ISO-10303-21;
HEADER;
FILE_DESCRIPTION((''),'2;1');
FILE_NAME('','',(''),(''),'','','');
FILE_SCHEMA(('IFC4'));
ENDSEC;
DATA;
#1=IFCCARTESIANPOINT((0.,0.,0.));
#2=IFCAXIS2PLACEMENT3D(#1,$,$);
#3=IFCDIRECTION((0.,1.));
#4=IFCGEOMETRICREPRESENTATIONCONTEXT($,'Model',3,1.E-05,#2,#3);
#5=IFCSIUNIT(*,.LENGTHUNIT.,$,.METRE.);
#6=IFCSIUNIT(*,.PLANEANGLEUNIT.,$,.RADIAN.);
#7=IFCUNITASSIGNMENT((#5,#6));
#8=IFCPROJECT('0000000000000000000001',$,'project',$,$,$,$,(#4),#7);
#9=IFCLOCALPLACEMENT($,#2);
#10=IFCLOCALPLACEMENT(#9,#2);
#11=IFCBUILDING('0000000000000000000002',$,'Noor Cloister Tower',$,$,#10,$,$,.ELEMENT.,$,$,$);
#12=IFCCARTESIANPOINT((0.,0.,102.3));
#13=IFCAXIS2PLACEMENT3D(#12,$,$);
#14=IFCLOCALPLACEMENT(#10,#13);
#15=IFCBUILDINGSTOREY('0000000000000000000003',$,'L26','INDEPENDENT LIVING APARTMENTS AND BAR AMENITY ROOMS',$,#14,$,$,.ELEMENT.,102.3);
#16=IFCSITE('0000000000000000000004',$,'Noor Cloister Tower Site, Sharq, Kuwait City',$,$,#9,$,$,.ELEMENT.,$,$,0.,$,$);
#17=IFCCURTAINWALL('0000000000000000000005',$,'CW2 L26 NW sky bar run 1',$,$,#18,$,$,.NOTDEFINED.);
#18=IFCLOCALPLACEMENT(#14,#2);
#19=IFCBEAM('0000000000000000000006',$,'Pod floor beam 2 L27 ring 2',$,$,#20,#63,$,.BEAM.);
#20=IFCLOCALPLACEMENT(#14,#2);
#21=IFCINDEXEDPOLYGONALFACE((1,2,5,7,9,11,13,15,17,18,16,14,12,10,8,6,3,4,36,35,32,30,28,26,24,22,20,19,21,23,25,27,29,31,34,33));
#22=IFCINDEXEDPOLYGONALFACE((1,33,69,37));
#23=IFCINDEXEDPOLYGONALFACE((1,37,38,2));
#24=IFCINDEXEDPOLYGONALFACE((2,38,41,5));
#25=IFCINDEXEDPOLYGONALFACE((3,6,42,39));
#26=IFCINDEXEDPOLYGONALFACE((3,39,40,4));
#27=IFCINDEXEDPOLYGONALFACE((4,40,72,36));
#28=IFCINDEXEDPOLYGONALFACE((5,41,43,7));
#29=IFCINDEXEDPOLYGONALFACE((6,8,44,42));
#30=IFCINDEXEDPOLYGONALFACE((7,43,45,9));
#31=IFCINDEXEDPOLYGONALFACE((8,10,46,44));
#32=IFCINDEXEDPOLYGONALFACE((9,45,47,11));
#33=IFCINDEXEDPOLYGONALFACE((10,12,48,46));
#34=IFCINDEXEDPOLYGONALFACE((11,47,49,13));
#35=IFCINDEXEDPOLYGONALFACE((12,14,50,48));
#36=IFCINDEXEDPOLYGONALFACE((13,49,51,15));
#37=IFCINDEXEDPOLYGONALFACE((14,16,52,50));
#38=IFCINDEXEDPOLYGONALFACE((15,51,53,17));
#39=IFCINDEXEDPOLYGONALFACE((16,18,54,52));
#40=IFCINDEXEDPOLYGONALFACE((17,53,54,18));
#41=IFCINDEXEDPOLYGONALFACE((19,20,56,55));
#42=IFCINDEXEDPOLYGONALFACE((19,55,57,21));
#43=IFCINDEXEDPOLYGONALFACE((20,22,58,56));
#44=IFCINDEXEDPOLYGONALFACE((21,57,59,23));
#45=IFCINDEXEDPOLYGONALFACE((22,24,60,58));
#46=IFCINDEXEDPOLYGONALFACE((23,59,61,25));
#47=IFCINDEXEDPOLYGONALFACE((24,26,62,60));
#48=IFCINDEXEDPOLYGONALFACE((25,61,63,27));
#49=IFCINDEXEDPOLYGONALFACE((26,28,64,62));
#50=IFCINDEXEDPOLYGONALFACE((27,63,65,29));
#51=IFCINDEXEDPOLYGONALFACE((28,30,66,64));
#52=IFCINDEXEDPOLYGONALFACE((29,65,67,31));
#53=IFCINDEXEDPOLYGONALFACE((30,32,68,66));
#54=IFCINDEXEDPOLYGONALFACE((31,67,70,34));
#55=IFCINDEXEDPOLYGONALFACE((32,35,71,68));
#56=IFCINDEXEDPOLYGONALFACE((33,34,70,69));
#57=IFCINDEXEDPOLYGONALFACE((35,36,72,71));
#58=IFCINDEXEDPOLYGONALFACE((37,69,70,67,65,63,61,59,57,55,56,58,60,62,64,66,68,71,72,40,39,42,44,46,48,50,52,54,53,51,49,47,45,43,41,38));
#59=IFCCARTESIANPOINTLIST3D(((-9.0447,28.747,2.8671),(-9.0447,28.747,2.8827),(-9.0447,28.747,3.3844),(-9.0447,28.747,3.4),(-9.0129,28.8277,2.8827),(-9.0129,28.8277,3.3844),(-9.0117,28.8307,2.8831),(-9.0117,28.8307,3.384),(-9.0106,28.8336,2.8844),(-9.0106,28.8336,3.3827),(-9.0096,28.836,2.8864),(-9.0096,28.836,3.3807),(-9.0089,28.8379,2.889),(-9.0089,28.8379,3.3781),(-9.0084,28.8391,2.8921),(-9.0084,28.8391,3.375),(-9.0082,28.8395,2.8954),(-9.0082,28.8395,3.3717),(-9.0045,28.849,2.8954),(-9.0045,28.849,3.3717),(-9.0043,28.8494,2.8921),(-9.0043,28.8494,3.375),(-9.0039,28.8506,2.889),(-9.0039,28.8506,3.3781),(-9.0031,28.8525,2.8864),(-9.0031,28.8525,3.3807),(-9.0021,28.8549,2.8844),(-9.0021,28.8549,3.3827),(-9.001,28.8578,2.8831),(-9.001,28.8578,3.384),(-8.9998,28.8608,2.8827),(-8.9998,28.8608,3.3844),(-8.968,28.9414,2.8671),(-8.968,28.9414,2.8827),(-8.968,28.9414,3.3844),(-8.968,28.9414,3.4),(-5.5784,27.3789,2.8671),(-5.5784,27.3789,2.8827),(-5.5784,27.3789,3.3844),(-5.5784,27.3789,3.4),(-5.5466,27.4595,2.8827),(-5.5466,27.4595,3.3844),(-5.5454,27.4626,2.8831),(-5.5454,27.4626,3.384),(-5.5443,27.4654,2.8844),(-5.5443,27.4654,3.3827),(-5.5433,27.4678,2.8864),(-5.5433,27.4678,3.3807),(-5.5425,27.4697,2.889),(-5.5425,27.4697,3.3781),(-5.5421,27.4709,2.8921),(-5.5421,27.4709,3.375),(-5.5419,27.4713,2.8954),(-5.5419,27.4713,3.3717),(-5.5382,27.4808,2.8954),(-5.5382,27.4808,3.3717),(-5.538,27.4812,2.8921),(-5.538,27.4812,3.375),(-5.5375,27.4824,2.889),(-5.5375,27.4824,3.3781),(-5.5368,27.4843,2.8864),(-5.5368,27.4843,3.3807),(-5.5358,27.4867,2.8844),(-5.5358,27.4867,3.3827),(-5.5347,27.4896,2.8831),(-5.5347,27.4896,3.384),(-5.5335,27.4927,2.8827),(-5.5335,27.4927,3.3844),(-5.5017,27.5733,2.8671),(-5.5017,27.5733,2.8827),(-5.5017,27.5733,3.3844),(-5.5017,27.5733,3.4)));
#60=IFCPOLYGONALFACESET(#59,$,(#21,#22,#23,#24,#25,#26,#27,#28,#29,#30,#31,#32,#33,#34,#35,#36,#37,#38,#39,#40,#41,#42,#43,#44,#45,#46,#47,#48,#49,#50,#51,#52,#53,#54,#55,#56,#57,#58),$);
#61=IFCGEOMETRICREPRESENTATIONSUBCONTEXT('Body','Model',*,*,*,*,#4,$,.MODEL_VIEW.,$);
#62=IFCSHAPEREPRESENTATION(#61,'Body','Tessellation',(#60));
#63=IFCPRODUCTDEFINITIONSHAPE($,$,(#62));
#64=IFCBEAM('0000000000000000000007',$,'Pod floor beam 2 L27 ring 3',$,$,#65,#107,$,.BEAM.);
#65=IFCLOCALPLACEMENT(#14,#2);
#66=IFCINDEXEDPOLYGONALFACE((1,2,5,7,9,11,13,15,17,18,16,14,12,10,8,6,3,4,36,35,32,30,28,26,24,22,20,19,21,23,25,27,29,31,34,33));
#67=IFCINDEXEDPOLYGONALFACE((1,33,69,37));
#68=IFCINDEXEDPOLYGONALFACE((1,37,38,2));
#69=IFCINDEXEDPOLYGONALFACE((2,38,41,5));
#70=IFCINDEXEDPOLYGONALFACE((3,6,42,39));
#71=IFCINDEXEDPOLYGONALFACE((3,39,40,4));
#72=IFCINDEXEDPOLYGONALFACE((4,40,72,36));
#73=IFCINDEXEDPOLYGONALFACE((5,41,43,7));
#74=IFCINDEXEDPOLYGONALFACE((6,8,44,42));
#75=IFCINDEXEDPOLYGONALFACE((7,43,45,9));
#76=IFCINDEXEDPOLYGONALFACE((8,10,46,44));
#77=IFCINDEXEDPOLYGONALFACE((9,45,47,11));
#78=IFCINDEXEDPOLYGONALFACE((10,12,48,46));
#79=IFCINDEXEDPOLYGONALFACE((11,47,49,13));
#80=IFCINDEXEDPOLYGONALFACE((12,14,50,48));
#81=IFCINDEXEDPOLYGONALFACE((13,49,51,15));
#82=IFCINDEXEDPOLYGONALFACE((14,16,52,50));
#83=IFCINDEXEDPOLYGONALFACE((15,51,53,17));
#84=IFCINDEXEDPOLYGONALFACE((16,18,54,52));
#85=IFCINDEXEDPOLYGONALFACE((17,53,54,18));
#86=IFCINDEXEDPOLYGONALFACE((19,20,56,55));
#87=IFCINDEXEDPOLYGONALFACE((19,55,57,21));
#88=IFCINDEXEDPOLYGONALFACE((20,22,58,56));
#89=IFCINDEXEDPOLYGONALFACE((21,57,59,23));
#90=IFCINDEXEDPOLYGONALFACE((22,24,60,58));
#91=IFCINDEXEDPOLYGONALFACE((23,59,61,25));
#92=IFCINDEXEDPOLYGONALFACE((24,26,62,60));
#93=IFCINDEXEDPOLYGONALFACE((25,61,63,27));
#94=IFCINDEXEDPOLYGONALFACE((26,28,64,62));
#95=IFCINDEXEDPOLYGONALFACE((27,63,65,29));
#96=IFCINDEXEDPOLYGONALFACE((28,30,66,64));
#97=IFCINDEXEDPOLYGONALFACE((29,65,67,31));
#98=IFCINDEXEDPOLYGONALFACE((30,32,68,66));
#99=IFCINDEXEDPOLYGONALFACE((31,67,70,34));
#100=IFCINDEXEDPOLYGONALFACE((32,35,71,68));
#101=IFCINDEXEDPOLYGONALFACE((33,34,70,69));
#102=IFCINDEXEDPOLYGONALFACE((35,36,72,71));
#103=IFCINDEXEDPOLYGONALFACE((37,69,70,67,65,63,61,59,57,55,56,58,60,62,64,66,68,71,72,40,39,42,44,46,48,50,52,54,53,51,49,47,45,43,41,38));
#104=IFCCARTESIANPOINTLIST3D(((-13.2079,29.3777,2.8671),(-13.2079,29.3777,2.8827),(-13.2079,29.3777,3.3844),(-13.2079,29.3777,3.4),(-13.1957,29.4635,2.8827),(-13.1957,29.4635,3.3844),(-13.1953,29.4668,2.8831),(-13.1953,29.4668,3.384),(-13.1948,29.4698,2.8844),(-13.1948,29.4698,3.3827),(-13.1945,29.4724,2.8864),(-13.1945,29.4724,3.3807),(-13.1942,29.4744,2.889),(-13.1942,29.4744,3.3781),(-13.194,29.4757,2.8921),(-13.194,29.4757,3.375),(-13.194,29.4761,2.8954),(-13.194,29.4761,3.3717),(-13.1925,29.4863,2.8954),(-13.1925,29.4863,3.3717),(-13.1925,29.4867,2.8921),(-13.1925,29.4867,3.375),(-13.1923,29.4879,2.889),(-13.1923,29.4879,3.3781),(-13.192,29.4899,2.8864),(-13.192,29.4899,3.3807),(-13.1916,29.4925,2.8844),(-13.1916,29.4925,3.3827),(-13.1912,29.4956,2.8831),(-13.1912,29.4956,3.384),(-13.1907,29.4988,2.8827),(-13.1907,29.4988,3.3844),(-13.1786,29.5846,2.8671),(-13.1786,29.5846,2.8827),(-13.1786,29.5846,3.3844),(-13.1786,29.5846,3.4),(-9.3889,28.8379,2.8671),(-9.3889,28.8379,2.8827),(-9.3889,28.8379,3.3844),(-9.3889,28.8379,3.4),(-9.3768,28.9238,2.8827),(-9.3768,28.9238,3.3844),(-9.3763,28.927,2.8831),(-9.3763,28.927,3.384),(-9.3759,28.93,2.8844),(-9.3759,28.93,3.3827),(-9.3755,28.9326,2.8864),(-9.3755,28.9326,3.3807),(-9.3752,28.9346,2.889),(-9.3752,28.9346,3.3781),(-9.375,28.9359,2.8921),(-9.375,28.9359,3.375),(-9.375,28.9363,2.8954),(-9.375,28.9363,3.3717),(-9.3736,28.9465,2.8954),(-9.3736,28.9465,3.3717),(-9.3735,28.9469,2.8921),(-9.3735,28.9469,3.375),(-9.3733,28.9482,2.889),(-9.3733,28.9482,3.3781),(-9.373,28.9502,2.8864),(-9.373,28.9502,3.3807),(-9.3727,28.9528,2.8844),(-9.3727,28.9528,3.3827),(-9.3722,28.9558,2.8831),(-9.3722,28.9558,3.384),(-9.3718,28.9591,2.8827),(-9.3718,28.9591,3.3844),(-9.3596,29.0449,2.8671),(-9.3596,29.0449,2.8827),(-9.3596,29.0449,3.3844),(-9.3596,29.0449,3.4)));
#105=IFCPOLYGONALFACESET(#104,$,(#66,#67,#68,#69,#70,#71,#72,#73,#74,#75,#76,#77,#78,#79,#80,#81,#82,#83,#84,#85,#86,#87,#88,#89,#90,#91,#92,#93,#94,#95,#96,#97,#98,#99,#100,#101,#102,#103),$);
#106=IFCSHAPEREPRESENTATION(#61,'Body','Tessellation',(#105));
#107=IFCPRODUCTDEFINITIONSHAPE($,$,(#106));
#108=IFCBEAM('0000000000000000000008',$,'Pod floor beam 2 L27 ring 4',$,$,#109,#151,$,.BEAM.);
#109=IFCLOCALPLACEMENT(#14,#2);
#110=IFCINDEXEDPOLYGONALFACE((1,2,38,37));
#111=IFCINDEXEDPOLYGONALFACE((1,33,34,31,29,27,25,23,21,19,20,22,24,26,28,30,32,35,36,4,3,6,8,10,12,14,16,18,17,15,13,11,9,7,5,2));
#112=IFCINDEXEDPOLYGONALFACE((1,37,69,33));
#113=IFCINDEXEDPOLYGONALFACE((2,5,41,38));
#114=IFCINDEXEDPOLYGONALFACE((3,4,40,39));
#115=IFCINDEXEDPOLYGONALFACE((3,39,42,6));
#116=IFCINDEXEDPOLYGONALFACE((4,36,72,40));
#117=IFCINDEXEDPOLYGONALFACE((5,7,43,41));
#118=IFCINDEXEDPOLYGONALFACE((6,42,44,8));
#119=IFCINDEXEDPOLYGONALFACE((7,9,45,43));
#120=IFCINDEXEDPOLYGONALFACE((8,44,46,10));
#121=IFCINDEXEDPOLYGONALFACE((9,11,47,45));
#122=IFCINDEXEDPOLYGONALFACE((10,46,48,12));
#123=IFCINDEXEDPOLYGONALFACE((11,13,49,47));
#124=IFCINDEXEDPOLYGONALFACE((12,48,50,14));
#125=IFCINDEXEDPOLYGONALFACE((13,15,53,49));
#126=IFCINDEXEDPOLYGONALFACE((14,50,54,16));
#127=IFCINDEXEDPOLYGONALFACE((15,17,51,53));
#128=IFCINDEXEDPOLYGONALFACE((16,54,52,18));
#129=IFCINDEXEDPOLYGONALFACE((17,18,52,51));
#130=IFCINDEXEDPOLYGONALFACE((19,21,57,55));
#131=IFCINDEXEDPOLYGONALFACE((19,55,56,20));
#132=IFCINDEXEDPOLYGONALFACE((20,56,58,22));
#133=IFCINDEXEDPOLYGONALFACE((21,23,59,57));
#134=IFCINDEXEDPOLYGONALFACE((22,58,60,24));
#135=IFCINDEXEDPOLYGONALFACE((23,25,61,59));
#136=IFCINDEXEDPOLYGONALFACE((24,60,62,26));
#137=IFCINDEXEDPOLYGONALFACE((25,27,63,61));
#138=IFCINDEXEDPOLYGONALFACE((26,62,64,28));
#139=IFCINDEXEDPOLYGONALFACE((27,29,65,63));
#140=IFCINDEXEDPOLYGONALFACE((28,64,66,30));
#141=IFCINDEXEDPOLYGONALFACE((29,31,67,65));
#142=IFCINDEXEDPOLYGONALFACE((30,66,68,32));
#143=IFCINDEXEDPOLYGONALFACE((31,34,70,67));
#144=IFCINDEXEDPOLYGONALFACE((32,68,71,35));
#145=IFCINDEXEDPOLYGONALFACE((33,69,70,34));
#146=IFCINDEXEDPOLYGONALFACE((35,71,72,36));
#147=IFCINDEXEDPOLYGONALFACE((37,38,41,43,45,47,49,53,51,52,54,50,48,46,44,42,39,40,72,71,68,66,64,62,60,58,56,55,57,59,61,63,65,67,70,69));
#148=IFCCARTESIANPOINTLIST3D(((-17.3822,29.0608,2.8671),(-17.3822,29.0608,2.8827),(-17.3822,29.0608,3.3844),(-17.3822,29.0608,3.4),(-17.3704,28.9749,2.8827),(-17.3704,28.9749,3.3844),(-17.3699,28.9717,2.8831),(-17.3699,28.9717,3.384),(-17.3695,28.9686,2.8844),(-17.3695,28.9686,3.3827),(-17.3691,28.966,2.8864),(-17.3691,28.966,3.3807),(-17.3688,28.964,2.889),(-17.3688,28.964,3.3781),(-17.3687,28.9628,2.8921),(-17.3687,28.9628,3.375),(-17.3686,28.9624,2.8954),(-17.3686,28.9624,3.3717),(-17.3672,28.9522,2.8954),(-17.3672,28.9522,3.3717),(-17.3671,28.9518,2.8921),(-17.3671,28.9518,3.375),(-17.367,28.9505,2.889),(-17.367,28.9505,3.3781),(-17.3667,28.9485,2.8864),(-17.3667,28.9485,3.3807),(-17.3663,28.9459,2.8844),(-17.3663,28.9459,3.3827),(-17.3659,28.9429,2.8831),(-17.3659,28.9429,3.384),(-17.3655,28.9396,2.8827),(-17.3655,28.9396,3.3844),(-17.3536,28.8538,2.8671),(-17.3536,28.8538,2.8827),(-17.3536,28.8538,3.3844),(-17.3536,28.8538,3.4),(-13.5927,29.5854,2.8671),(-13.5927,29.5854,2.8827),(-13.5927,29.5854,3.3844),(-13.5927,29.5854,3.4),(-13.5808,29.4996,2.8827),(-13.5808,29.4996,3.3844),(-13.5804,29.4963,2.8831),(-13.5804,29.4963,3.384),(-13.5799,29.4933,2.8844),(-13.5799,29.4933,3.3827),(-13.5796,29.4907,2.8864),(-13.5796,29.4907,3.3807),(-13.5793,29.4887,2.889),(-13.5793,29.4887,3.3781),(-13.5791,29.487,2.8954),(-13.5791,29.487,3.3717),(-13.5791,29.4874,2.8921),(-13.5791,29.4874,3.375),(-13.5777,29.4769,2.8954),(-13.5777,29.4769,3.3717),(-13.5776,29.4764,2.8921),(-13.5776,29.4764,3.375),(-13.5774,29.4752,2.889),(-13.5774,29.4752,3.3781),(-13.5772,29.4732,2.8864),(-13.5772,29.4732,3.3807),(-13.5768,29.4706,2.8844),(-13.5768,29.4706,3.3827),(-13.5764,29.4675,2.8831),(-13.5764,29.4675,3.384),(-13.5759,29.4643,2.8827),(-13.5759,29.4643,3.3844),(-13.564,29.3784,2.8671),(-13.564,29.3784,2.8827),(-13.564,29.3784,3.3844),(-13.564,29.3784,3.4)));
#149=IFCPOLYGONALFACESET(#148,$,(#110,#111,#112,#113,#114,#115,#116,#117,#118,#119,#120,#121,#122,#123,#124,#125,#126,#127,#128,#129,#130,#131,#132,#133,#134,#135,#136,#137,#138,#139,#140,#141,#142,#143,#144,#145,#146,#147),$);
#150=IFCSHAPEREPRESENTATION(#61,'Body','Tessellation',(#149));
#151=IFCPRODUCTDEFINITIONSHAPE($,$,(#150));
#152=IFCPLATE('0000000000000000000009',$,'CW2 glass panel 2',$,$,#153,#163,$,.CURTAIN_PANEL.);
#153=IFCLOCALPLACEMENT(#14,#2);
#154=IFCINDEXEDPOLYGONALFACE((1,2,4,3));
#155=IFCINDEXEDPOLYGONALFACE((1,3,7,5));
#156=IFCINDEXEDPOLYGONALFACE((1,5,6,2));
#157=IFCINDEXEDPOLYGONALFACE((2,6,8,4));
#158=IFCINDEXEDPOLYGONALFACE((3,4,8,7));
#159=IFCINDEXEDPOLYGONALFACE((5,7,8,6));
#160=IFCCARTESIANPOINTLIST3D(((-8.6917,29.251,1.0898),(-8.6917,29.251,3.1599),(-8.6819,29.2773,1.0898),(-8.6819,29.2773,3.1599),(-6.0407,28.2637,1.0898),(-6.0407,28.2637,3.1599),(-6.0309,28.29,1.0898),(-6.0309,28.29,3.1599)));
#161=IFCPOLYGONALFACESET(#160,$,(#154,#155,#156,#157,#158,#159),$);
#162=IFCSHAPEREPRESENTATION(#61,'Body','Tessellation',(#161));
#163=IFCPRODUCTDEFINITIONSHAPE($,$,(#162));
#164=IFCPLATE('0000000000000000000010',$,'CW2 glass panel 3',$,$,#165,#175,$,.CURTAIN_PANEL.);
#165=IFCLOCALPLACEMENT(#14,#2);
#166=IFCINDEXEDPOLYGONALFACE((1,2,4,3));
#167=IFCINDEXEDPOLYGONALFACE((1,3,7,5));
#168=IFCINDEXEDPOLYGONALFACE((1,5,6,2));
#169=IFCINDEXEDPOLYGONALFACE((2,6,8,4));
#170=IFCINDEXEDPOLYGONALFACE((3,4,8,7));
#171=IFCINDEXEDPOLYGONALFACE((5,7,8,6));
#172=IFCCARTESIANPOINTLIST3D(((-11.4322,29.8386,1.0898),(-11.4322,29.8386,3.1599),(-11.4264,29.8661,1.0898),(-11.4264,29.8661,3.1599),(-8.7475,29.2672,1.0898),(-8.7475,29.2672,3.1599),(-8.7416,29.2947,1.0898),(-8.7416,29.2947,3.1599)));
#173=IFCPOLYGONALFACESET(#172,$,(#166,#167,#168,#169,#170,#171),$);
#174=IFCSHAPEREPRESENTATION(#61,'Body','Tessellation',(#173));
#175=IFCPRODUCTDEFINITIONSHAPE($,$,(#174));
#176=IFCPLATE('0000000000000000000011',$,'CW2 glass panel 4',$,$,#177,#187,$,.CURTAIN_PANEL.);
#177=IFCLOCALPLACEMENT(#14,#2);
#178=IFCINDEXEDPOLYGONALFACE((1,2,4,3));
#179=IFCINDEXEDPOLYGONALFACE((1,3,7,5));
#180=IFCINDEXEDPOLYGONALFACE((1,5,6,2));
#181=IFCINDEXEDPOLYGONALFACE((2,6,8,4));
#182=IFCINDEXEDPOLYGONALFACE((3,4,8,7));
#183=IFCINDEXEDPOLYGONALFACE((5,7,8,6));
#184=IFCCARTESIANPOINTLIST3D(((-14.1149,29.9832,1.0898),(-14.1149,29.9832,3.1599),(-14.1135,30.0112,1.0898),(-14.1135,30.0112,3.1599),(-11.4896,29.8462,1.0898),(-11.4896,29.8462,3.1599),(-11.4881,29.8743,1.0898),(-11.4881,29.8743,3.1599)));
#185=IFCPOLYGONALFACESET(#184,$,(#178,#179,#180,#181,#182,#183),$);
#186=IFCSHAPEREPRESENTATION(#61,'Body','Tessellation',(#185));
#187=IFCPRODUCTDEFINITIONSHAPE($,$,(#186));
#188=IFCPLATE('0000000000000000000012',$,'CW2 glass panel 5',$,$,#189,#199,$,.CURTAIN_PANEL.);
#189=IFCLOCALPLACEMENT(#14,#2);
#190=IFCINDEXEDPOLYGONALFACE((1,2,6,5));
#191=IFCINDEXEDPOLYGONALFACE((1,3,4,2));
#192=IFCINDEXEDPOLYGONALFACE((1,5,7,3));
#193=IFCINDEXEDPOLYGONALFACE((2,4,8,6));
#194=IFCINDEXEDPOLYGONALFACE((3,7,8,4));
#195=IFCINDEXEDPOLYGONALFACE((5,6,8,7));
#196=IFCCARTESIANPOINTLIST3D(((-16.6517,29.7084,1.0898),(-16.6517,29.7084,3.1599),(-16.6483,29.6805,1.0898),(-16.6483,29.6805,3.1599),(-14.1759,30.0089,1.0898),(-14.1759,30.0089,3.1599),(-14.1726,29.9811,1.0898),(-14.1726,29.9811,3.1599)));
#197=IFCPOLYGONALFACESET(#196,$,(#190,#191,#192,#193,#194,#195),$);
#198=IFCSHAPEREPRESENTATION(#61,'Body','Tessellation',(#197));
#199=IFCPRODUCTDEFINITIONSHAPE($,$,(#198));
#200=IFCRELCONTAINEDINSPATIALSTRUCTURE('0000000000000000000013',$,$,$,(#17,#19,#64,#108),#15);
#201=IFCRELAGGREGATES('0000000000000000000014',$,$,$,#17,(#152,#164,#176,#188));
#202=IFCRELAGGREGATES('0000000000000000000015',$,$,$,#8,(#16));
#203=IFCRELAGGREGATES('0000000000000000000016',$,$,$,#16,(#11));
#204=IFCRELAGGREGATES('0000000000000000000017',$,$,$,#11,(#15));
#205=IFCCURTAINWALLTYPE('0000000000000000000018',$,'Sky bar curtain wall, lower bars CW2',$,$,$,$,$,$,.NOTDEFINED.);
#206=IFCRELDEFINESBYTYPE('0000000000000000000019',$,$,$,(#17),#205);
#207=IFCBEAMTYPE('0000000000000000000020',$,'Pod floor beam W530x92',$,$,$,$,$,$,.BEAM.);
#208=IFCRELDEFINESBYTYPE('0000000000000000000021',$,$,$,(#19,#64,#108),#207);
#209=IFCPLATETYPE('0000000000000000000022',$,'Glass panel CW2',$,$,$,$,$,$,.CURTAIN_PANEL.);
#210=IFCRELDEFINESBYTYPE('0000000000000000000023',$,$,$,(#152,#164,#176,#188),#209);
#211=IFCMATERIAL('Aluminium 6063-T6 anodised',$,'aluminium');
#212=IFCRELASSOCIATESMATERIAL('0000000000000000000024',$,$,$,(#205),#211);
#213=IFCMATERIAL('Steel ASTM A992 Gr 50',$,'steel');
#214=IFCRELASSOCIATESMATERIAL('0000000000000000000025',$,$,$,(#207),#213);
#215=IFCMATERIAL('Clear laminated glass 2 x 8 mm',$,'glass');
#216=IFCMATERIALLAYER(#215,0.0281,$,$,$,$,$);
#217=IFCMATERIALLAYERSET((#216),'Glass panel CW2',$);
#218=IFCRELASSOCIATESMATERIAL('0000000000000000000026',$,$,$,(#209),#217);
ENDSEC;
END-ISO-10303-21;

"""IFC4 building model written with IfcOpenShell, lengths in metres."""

from ifc_helpers import new_model, si_unit, direction, frame, origin, origin_2d, place, context, subcontext, project, spatial, rectangle, i_section, extrude, material, layer, layer_set, material_profile, profile_set, type_object, element, aggregate, save


model = new_model("IFC4")

# Units and contexts
model_context = context("Model", 3, precision=1e-05, world=origin(), true_north=direction((0.0, 1.0)))
body_context = subcontext(model_context, "Body", "Model", "MODEL_VIEW")
ifc_project = project(units=[si_unit("LENGTHUNIT", "METRE"), si_unit("PLANEANGLEUNIT", "RADIAN")], contexts=[model_context])

# Site, building, storey
site_placement = place(None, origin())
site = spatial("IfcSite", under=ifc_project, at=site_placement, Name="Noor Cloister Tower Site, Sharq, Kuwait City", CompositionType="ELEMENT", RefElevation=0.0)
building_placement = place(site_placement, origin())
building = spatial("IfcBuilding", under=site, at=building_placement, Name="Noor Cloister Tower", CompositionType="ELEMENT")
storey_placement = place(building_placement, frame((0.0, 0.0, 102.3)))
storey = spatial("IfcBuildingStorey", under=building, at=storey_placement, Name="L26", Description="INDEPENDENT LIVING APARTMENTS AND BAR AMENITY ROOMS", CompositionType="ELEMENT", Elevation=102.3)

# Curtain wall
ifc_material_1 = material(Name="Aluminium 6063-T6 anodised", Category="aluminium")
curtain_wall_type = type_object("IfcCurtainWallType", Name="Sky bar curtain wall, lower bars CW2", PredefinedType="NOTDEFINED", material=ifc_material_1)
curtain_wall_placement = place(storey_placement, origin())
curtain_wall = element("IfcCurtainWall", 1, at=curtain_wall_placement, inside=storey, type_object=curtain_wall_type, Name="CW2 L26 NW sky bar run 1", PredefinedType="NOTDEFINED")

# Beams
ifc_material_2 = material(Name="Steel ASTM A992 Gr 50", Category="steel")
ifc_material_profile_1 = material_profile(ifc_material_2, i_section(OverallWidth=0.209, OverallDepth=0.533, WebThickness=0.0103, FlangeThickness=0.0156, FilletRadius=0.0127, at=origin_2d()), Name="W530x92")
ifc_profile_set_1 = profile_set([ifc_material_profile_1], Name="Steel ASTM A992 Gr 50")
beam_type = type_object("IfcBeamType", Name="Pod floor beam W530x92", PredefinedType="BEAM", material=ifc_profile_set_1)
beam_1_placement = place(storey_placement, frame((-5.54, 27.4761, 3.1335), z_axis=(-0.930166, 0.36714, 0.0), x_axis=(-0.36714, -0.930166, 0.0)))
element("IfcBeam", 2, at=beam_1_placement, inside=storey, type_object=beam_type, Name="Pod floor beam 2 L27 ring 2", PredefinedType="BEAM", context=body_context, shape_type="SweptSolid", body=[
    extrude(i_section(OverallWidth=0.209, OverallDepth=0.533, WebThickness=0.0103, FlangeThickness=0.0156, FilletRadius=0.0127, at=origin_2d()), origin(), (0.0, 0.0, 1.0), 3.7266),
])
beam_2_placement = place(storey_placement, frame((-9.3743, 28.9414, 3.1335), z_axis=(-0.990159, 0.13995, 0.0), x_axis=(-0.13995, -0.990159, 0.0)))
element("IfcBeam", 3, at=beam_2_placement, inside=storey, type_object=beam_type, Name="Pod floor beam 2 L27 ring 3", PredefinedType="BEAM", context=body_context, shape_type="SweptSolid", body=[
    extrude(i_section(OverallWidth=0.209, OverallDepth=0.533, WebThickness=0.0103, FlangeThickness=0.0156, FilletRadius=0.0127, at=origin_2d()), origin(), (0.0, 0.0, 1.0), 3.8569),
])
beam_3_placement = place(storey_placement, frame((-13.5784, 29.4819, 3.1335), z_axis=(-0.990552, -0.137141, 0.0), x_axis=(0.137141, -0.990552, 0.0)))
element("IfcBeam", 4, at=beam_3_placement, inside=storey, type_object=beam_type, Name="Pod floor beam 2 L27 ring 4", PredefinedType="BEAM", context=body_context, shape_type="SweptSolid", body=[
    extrude(i_section(OverallWidth=0.209, OverallDepth=0.533, WebThickness=0.0103, FlangeThickness=0.0156, FilletRadius=0.0127, at=origin_2d()), origin(), (0.0, 0.0, 1.0), 3.8257),
])

# Plates
ifc_material_3 = material(Name="Clear laminated glass 2 x 8 mm", Category="glass")
ifc_layer_1 = layer(ifc_material_3, 0.0281)
ifc_layer_set_1 = layer_set([ifc_layer_1], Name="Glass panel CW2")
plate_type = type_object("IfcPlateType", Name="Glass panel CW2", PredefinedType="CURTAIN_PANEL", material=ifc_layer_set_1)
plate_1_placement = place(storey_placement, frame((-7.3613, 28.7705, 1.0898), z_axis=(0.0, 0.0, 1.0), x_axis=(-0.937124, 0.348997, 0.0)))
plate_1 = element("IfcPlate", 5, at=plate_1_placement, type_object=plate_type, Name="CW2 glass panel 2", PredefinedType="CURTAIN_PANEL", context=body_context, shape_type="SweptSolid", body=[
    extrude(rectangle(XDim=2.8289, YDim=0.0281, at=origin_2d()), origin(), (0.0, 0.0, 1.0), 2.0701),
])
plate_2_placement = place(storey_placement, frame((-10.0869, 29.5667, 1.0898), z_axis=(0.0, 0.0, 1.0), x_axis=(-0.978092, 0.208175, 0.0)))
plate_2 = element("IfcPlate", 6, at=plate_2_placement, type_object=plate_type, Name="CW2 glass panel 3", PredefinedType="CURTAIN_PANEL", context=body_context, shape_type="SweptSolid", body=[
    extrude(rectangle(XDim=2.7449, YDim=0.0281, at=origin_2d()), origin(), (0.0, 0.0, 1.0), 2.0701),
])
plate_3_placement = place(storey_placement, frame((-12.8015, 29.9287, 1.0898), z_axis=(0.0, 0.0, 1.0), x_axis=(-0.998642, 0.052089, 0.0)))
plate_3 = element("IfcPlate", 7, at=plate_3_placement, type_object=plate_type, Name="CW2 glass panel 4", PredefinedType="CURTAIN_PANEL", context=body_context, shape_type="SweptSolid", body=[
    extrude(rectangle(XDim=2.6289, YDim=0.0281, at=origin_2d()), origin(), (0.0, 0.0, 1.0), 2.0701),
])
plate_4_placement = place(storey_placement, frame((-15.4121, 29.8447, 1.0898), z_axis=(0.0, 0.0, 1.0), x_axis=(-0.992712, -0.12051, 0.0)))
plate_4 = element("IfcPlate", 8, at=plate_4_placement, type_object=plate_type, Name="CW2 glass panel 5", PredefinedType="CURTAIN_PANEL", context=body_context, shape_type="SweptSolid", body=[
    extrude(rectangle(XDim=2.4939, YDim=0.0281, at=origin_2d()), origin(), (0.0, 0.0, 1.0), 2.0701),
])
aggregate(curtain_wall, [plate_1, plate_2, plate_3, plate_4])

save(model, "model.ifc")
